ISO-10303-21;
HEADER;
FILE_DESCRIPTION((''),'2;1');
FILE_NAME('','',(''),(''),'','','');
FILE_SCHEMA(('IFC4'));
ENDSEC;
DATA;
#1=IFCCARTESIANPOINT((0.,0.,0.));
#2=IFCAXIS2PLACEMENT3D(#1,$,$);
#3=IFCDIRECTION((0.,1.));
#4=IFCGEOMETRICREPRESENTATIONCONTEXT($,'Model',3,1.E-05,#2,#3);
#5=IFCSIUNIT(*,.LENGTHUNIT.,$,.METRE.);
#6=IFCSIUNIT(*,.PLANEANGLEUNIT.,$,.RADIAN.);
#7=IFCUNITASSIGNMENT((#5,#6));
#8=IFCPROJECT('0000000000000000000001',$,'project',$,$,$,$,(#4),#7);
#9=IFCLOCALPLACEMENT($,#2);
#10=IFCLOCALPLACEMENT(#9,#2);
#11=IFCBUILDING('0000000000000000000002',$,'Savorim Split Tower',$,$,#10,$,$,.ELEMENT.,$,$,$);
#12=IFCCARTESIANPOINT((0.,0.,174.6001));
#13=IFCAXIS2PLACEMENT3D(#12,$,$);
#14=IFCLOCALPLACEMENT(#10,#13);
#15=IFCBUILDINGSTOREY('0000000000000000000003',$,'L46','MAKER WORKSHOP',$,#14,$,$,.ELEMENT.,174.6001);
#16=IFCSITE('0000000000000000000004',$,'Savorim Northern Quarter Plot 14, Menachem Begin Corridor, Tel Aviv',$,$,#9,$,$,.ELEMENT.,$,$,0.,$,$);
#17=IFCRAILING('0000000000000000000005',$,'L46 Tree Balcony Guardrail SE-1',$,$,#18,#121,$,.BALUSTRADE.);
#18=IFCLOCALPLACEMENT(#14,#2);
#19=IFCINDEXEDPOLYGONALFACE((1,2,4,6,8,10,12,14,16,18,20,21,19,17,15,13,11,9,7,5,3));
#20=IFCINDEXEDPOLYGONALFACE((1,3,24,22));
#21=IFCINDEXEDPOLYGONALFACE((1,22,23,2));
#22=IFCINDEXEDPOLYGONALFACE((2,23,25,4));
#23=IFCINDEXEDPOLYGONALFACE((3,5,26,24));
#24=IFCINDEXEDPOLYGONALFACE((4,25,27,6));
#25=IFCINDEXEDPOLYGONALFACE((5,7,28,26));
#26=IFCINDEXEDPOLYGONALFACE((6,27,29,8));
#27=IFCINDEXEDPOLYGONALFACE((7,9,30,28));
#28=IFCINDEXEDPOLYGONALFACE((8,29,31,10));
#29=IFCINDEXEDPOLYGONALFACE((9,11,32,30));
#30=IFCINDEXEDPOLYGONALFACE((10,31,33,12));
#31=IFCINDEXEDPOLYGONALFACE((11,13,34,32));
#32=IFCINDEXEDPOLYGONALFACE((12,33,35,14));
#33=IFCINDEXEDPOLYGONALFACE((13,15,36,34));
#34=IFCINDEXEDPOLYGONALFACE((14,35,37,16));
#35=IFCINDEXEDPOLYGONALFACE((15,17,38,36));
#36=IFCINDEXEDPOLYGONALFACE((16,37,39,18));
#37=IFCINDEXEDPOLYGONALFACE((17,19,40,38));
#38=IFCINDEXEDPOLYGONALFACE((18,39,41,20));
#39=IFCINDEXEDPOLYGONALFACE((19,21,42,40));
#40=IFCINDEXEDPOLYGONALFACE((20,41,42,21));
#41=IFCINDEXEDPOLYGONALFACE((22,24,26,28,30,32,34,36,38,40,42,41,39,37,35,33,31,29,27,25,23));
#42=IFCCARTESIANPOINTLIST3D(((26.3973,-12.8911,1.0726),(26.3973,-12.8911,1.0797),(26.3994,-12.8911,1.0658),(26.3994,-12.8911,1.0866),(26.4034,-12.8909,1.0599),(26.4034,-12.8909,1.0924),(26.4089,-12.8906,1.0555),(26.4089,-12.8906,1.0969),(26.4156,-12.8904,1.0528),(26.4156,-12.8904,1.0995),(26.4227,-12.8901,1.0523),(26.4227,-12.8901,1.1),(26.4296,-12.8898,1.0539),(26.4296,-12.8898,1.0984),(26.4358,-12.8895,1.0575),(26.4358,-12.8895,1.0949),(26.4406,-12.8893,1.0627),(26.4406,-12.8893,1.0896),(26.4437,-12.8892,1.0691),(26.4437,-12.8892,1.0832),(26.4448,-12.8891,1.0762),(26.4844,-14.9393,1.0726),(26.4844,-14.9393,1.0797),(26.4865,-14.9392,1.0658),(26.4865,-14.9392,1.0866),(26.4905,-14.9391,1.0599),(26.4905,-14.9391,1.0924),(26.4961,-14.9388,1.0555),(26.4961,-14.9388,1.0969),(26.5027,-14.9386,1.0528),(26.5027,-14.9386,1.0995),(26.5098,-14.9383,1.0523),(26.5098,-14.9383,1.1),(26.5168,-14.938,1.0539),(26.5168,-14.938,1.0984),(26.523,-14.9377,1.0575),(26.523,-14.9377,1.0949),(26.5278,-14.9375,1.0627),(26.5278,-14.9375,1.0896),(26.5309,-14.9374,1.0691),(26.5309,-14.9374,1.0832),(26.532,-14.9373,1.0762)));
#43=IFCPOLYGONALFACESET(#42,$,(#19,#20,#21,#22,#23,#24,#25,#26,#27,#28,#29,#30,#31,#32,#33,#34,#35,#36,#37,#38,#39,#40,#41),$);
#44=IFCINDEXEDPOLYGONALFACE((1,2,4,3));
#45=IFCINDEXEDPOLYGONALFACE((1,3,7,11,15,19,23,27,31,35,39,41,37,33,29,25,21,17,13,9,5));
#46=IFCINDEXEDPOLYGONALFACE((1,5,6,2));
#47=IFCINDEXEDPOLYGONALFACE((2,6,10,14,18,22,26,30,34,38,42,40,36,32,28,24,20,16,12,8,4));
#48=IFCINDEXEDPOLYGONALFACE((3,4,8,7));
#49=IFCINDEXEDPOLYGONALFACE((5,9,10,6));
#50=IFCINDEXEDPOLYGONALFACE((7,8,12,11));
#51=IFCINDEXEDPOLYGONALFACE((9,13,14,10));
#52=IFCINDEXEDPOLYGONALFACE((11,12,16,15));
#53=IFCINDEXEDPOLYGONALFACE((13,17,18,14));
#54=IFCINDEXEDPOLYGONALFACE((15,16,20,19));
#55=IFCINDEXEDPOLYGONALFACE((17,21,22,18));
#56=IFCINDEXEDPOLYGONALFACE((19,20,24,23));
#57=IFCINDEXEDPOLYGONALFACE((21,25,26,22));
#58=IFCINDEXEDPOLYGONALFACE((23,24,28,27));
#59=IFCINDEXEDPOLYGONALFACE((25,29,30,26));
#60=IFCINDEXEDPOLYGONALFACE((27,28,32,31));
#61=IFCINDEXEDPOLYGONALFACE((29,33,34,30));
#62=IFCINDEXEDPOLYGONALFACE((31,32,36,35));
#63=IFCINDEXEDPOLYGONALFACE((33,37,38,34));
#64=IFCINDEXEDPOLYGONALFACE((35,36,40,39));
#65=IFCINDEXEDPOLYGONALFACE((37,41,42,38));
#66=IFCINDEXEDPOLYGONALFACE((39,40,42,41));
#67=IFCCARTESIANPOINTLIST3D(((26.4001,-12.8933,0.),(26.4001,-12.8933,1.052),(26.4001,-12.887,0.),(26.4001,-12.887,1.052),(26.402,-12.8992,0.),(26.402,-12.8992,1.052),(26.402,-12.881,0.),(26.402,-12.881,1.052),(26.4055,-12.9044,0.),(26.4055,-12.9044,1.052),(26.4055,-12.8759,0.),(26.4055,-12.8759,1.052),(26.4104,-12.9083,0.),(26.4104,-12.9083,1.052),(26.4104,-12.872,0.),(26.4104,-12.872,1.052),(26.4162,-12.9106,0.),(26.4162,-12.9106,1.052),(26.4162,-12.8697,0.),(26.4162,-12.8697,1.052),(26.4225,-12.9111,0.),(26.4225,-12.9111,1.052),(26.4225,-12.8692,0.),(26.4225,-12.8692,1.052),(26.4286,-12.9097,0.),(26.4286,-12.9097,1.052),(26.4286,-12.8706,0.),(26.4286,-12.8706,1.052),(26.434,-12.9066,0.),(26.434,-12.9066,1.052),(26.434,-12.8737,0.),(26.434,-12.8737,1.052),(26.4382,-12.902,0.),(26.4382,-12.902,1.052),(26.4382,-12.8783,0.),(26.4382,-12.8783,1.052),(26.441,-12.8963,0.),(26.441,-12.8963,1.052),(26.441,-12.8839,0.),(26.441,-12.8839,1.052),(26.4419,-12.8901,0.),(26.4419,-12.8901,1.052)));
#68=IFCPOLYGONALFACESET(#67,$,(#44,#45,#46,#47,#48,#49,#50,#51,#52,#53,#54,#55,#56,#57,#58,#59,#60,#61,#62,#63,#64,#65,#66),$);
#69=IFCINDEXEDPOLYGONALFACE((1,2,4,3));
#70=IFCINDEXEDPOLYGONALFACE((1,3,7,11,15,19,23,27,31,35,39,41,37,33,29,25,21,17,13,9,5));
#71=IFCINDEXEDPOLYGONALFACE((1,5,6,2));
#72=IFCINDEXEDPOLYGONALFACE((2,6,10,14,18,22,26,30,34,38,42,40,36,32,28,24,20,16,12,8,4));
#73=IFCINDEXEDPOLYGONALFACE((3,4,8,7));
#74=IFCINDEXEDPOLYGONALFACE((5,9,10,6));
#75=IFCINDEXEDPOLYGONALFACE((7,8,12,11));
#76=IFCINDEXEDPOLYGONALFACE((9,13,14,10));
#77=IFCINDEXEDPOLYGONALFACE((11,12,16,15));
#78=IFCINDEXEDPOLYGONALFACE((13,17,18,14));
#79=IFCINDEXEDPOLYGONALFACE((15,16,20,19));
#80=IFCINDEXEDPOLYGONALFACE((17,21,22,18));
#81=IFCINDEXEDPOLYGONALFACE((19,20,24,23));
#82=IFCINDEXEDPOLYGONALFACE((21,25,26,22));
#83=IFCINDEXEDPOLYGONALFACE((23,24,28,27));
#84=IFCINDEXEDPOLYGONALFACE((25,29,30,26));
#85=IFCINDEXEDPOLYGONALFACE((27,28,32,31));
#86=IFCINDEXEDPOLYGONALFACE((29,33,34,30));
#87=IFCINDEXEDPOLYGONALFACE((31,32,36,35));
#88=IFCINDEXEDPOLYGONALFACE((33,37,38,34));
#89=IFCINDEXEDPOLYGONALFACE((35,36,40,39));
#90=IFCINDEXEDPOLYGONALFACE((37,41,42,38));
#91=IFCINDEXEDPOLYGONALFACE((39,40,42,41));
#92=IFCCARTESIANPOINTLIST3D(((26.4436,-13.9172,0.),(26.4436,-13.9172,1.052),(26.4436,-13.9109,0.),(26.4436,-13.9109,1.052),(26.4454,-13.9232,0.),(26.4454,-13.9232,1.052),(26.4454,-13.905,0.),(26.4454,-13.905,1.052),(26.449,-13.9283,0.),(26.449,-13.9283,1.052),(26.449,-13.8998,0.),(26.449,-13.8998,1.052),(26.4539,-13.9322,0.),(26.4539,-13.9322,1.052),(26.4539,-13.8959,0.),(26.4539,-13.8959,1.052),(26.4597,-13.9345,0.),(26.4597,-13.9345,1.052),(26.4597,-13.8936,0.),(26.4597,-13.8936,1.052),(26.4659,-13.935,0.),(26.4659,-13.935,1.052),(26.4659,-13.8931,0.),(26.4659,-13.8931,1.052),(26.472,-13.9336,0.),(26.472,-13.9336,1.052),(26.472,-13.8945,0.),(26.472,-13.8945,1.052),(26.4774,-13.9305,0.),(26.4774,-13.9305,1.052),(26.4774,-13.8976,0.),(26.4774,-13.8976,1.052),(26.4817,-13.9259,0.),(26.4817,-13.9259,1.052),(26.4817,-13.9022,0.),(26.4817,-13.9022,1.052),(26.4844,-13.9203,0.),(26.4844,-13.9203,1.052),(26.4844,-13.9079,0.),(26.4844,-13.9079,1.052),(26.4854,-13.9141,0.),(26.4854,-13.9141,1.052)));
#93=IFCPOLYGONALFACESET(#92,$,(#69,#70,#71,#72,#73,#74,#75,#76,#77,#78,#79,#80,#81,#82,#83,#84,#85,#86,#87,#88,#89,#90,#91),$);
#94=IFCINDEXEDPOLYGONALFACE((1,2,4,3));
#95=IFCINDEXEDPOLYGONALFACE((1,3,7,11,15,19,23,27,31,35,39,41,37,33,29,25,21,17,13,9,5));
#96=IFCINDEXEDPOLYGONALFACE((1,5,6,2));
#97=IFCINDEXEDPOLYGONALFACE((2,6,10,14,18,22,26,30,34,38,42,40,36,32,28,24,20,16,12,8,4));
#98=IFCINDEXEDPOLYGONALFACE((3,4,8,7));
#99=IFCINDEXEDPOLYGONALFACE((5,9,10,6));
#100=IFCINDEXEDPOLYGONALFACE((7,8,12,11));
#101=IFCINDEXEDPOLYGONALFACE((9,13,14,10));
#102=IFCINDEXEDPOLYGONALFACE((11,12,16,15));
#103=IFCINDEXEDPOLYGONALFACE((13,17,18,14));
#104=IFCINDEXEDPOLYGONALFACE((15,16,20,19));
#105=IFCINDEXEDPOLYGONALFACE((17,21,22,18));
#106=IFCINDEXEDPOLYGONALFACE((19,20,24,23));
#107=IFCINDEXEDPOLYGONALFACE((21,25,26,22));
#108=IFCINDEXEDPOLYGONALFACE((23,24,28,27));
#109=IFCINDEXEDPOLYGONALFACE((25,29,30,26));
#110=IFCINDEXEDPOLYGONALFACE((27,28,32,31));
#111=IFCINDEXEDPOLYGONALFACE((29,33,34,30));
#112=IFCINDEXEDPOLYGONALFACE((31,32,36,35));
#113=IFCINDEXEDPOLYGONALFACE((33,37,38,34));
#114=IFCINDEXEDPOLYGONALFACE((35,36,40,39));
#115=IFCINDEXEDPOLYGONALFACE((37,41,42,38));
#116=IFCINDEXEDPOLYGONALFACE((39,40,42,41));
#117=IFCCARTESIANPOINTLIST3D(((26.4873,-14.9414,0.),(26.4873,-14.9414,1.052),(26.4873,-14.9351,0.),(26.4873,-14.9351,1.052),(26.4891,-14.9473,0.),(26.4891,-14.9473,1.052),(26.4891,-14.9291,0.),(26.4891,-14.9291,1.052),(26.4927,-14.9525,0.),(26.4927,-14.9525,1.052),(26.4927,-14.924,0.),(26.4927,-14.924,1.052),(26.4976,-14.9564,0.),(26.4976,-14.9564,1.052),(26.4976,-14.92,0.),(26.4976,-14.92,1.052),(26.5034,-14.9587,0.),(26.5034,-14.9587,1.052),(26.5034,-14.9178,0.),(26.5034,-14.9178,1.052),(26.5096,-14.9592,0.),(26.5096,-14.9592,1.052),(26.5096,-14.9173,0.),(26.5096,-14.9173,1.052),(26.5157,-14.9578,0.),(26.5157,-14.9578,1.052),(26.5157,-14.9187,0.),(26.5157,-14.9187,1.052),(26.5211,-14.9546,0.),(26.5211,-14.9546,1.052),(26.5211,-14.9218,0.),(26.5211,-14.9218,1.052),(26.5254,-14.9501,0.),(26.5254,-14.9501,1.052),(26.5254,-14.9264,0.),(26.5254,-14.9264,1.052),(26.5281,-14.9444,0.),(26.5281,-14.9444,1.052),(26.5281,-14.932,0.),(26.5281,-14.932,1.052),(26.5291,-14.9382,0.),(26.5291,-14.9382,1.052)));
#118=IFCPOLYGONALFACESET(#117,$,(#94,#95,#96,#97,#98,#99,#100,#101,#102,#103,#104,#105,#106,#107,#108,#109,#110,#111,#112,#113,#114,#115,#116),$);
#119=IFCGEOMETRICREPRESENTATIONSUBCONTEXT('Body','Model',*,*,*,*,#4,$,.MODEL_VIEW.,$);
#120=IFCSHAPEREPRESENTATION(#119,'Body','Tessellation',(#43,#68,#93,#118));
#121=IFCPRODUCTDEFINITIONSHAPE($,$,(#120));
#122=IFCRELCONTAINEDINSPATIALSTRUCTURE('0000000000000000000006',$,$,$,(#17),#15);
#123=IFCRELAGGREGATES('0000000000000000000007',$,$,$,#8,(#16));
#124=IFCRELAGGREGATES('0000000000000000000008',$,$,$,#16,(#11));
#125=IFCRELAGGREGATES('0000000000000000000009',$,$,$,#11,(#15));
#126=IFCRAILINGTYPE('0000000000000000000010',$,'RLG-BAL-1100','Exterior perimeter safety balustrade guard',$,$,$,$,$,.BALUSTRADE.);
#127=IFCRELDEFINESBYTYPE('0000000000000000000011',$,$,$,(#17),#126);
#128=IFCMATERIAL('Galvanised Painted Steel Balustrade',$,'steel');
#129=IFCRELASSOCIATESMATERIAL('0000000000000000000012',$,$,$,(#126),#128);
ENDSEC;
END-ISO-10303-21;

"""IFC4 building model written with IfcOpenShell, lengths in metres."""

from ifc_helpers import new_model, si_unit, direction, frame, origin, origin_2d, place, context, subcontext, project, spatial, circle, extrude, material, type_object, element, save


model = new_model("IFC4")

# Units and contexts
model_context = context("Model", 3, precision=1e-05, world=origin(), true_north=direction((0.0, 1.0)))
body_context = subcontext(model_context, "Body", "Model", "MODEL_VIEW")
ifc_project = project(units=[si_unit("LENGTHUNIT", "METRE"), si_unit("PLANEANGLEUNIT", "RADIAN")], contexts=[model_context])

# Site, building, storey
site_placement = place(None, origin())
site = spatial("IfcSite", under=ifc_project, at=site_placement, Name="Savorim Northern Quarter Plot 14, Menachem Begin Corridor, Tel Aviv", CompositionType="ELEMENT", RefElevation=0.0)
building_placement = place(site_placement, origin())
building = spatial("IfcBuilding", under=site, at=building_placement, Name="Savorim Split Tower", CompositionType="ELEMENT")
storey_placement = place(building_placement, frame((0.0, 0.0, 174.6001)))
storey = spatial("IfcBuildingStorey", under=building, at=storey_placement, Name="L46", Description="MAKER WORKSHOP", CompositionType="ELEMENT", Elevation=174.6001)

# Railing
ifc_material_1 = material(Name="Galvanised Painted Steel Balustrade", Category="steel")
railing_type = type_object("IfcRailingType", Name="RLG-BAL-1100", Description="Exterior perimeter safety balustrade guard", PredefinedType="BALUSTRADE", material=ifc_material_1)
railing_1_placement = place(storey_placement, frame((26.4209, -12.8901, 0.0)))
element("IfcRailing", 1, at=railing_1_placement, inside=storey, type_object=railing_type, Name="L46 Tree Balcony Guardrail SE-1", PredefinedType="BALUSTRADE", context=body_context, shape_type="SweptSolid", body=[
    extrude(circle(Radius=0.0239, at=origin_2d()), frame((0.0, 0.0, 1.0762), z_axis=(0.042517, -0.999096, 0.0), x_axis=(0.999096, 0.042517, 0.0)), (0.0, 0.0, 1.0), 2.05),
    extrude(circle(Radius=0.021, at=origin_2d()), origin(), (0.0, 0.0, 1.0), 1.052),
    extrude(circle(Radius=0.021, at=origin_2d()), frame((0.0435, -1.0239, 0.0)), (0.0, 0.0, 1.0), 1.052),
    extrude(circle(Radius=0.021, at=origin_2d()), frame((0.0872, -2.0481, 0.0)), (0.0, 0.0, 1.0), 1.052),
])

save(model, "model.ifc")
